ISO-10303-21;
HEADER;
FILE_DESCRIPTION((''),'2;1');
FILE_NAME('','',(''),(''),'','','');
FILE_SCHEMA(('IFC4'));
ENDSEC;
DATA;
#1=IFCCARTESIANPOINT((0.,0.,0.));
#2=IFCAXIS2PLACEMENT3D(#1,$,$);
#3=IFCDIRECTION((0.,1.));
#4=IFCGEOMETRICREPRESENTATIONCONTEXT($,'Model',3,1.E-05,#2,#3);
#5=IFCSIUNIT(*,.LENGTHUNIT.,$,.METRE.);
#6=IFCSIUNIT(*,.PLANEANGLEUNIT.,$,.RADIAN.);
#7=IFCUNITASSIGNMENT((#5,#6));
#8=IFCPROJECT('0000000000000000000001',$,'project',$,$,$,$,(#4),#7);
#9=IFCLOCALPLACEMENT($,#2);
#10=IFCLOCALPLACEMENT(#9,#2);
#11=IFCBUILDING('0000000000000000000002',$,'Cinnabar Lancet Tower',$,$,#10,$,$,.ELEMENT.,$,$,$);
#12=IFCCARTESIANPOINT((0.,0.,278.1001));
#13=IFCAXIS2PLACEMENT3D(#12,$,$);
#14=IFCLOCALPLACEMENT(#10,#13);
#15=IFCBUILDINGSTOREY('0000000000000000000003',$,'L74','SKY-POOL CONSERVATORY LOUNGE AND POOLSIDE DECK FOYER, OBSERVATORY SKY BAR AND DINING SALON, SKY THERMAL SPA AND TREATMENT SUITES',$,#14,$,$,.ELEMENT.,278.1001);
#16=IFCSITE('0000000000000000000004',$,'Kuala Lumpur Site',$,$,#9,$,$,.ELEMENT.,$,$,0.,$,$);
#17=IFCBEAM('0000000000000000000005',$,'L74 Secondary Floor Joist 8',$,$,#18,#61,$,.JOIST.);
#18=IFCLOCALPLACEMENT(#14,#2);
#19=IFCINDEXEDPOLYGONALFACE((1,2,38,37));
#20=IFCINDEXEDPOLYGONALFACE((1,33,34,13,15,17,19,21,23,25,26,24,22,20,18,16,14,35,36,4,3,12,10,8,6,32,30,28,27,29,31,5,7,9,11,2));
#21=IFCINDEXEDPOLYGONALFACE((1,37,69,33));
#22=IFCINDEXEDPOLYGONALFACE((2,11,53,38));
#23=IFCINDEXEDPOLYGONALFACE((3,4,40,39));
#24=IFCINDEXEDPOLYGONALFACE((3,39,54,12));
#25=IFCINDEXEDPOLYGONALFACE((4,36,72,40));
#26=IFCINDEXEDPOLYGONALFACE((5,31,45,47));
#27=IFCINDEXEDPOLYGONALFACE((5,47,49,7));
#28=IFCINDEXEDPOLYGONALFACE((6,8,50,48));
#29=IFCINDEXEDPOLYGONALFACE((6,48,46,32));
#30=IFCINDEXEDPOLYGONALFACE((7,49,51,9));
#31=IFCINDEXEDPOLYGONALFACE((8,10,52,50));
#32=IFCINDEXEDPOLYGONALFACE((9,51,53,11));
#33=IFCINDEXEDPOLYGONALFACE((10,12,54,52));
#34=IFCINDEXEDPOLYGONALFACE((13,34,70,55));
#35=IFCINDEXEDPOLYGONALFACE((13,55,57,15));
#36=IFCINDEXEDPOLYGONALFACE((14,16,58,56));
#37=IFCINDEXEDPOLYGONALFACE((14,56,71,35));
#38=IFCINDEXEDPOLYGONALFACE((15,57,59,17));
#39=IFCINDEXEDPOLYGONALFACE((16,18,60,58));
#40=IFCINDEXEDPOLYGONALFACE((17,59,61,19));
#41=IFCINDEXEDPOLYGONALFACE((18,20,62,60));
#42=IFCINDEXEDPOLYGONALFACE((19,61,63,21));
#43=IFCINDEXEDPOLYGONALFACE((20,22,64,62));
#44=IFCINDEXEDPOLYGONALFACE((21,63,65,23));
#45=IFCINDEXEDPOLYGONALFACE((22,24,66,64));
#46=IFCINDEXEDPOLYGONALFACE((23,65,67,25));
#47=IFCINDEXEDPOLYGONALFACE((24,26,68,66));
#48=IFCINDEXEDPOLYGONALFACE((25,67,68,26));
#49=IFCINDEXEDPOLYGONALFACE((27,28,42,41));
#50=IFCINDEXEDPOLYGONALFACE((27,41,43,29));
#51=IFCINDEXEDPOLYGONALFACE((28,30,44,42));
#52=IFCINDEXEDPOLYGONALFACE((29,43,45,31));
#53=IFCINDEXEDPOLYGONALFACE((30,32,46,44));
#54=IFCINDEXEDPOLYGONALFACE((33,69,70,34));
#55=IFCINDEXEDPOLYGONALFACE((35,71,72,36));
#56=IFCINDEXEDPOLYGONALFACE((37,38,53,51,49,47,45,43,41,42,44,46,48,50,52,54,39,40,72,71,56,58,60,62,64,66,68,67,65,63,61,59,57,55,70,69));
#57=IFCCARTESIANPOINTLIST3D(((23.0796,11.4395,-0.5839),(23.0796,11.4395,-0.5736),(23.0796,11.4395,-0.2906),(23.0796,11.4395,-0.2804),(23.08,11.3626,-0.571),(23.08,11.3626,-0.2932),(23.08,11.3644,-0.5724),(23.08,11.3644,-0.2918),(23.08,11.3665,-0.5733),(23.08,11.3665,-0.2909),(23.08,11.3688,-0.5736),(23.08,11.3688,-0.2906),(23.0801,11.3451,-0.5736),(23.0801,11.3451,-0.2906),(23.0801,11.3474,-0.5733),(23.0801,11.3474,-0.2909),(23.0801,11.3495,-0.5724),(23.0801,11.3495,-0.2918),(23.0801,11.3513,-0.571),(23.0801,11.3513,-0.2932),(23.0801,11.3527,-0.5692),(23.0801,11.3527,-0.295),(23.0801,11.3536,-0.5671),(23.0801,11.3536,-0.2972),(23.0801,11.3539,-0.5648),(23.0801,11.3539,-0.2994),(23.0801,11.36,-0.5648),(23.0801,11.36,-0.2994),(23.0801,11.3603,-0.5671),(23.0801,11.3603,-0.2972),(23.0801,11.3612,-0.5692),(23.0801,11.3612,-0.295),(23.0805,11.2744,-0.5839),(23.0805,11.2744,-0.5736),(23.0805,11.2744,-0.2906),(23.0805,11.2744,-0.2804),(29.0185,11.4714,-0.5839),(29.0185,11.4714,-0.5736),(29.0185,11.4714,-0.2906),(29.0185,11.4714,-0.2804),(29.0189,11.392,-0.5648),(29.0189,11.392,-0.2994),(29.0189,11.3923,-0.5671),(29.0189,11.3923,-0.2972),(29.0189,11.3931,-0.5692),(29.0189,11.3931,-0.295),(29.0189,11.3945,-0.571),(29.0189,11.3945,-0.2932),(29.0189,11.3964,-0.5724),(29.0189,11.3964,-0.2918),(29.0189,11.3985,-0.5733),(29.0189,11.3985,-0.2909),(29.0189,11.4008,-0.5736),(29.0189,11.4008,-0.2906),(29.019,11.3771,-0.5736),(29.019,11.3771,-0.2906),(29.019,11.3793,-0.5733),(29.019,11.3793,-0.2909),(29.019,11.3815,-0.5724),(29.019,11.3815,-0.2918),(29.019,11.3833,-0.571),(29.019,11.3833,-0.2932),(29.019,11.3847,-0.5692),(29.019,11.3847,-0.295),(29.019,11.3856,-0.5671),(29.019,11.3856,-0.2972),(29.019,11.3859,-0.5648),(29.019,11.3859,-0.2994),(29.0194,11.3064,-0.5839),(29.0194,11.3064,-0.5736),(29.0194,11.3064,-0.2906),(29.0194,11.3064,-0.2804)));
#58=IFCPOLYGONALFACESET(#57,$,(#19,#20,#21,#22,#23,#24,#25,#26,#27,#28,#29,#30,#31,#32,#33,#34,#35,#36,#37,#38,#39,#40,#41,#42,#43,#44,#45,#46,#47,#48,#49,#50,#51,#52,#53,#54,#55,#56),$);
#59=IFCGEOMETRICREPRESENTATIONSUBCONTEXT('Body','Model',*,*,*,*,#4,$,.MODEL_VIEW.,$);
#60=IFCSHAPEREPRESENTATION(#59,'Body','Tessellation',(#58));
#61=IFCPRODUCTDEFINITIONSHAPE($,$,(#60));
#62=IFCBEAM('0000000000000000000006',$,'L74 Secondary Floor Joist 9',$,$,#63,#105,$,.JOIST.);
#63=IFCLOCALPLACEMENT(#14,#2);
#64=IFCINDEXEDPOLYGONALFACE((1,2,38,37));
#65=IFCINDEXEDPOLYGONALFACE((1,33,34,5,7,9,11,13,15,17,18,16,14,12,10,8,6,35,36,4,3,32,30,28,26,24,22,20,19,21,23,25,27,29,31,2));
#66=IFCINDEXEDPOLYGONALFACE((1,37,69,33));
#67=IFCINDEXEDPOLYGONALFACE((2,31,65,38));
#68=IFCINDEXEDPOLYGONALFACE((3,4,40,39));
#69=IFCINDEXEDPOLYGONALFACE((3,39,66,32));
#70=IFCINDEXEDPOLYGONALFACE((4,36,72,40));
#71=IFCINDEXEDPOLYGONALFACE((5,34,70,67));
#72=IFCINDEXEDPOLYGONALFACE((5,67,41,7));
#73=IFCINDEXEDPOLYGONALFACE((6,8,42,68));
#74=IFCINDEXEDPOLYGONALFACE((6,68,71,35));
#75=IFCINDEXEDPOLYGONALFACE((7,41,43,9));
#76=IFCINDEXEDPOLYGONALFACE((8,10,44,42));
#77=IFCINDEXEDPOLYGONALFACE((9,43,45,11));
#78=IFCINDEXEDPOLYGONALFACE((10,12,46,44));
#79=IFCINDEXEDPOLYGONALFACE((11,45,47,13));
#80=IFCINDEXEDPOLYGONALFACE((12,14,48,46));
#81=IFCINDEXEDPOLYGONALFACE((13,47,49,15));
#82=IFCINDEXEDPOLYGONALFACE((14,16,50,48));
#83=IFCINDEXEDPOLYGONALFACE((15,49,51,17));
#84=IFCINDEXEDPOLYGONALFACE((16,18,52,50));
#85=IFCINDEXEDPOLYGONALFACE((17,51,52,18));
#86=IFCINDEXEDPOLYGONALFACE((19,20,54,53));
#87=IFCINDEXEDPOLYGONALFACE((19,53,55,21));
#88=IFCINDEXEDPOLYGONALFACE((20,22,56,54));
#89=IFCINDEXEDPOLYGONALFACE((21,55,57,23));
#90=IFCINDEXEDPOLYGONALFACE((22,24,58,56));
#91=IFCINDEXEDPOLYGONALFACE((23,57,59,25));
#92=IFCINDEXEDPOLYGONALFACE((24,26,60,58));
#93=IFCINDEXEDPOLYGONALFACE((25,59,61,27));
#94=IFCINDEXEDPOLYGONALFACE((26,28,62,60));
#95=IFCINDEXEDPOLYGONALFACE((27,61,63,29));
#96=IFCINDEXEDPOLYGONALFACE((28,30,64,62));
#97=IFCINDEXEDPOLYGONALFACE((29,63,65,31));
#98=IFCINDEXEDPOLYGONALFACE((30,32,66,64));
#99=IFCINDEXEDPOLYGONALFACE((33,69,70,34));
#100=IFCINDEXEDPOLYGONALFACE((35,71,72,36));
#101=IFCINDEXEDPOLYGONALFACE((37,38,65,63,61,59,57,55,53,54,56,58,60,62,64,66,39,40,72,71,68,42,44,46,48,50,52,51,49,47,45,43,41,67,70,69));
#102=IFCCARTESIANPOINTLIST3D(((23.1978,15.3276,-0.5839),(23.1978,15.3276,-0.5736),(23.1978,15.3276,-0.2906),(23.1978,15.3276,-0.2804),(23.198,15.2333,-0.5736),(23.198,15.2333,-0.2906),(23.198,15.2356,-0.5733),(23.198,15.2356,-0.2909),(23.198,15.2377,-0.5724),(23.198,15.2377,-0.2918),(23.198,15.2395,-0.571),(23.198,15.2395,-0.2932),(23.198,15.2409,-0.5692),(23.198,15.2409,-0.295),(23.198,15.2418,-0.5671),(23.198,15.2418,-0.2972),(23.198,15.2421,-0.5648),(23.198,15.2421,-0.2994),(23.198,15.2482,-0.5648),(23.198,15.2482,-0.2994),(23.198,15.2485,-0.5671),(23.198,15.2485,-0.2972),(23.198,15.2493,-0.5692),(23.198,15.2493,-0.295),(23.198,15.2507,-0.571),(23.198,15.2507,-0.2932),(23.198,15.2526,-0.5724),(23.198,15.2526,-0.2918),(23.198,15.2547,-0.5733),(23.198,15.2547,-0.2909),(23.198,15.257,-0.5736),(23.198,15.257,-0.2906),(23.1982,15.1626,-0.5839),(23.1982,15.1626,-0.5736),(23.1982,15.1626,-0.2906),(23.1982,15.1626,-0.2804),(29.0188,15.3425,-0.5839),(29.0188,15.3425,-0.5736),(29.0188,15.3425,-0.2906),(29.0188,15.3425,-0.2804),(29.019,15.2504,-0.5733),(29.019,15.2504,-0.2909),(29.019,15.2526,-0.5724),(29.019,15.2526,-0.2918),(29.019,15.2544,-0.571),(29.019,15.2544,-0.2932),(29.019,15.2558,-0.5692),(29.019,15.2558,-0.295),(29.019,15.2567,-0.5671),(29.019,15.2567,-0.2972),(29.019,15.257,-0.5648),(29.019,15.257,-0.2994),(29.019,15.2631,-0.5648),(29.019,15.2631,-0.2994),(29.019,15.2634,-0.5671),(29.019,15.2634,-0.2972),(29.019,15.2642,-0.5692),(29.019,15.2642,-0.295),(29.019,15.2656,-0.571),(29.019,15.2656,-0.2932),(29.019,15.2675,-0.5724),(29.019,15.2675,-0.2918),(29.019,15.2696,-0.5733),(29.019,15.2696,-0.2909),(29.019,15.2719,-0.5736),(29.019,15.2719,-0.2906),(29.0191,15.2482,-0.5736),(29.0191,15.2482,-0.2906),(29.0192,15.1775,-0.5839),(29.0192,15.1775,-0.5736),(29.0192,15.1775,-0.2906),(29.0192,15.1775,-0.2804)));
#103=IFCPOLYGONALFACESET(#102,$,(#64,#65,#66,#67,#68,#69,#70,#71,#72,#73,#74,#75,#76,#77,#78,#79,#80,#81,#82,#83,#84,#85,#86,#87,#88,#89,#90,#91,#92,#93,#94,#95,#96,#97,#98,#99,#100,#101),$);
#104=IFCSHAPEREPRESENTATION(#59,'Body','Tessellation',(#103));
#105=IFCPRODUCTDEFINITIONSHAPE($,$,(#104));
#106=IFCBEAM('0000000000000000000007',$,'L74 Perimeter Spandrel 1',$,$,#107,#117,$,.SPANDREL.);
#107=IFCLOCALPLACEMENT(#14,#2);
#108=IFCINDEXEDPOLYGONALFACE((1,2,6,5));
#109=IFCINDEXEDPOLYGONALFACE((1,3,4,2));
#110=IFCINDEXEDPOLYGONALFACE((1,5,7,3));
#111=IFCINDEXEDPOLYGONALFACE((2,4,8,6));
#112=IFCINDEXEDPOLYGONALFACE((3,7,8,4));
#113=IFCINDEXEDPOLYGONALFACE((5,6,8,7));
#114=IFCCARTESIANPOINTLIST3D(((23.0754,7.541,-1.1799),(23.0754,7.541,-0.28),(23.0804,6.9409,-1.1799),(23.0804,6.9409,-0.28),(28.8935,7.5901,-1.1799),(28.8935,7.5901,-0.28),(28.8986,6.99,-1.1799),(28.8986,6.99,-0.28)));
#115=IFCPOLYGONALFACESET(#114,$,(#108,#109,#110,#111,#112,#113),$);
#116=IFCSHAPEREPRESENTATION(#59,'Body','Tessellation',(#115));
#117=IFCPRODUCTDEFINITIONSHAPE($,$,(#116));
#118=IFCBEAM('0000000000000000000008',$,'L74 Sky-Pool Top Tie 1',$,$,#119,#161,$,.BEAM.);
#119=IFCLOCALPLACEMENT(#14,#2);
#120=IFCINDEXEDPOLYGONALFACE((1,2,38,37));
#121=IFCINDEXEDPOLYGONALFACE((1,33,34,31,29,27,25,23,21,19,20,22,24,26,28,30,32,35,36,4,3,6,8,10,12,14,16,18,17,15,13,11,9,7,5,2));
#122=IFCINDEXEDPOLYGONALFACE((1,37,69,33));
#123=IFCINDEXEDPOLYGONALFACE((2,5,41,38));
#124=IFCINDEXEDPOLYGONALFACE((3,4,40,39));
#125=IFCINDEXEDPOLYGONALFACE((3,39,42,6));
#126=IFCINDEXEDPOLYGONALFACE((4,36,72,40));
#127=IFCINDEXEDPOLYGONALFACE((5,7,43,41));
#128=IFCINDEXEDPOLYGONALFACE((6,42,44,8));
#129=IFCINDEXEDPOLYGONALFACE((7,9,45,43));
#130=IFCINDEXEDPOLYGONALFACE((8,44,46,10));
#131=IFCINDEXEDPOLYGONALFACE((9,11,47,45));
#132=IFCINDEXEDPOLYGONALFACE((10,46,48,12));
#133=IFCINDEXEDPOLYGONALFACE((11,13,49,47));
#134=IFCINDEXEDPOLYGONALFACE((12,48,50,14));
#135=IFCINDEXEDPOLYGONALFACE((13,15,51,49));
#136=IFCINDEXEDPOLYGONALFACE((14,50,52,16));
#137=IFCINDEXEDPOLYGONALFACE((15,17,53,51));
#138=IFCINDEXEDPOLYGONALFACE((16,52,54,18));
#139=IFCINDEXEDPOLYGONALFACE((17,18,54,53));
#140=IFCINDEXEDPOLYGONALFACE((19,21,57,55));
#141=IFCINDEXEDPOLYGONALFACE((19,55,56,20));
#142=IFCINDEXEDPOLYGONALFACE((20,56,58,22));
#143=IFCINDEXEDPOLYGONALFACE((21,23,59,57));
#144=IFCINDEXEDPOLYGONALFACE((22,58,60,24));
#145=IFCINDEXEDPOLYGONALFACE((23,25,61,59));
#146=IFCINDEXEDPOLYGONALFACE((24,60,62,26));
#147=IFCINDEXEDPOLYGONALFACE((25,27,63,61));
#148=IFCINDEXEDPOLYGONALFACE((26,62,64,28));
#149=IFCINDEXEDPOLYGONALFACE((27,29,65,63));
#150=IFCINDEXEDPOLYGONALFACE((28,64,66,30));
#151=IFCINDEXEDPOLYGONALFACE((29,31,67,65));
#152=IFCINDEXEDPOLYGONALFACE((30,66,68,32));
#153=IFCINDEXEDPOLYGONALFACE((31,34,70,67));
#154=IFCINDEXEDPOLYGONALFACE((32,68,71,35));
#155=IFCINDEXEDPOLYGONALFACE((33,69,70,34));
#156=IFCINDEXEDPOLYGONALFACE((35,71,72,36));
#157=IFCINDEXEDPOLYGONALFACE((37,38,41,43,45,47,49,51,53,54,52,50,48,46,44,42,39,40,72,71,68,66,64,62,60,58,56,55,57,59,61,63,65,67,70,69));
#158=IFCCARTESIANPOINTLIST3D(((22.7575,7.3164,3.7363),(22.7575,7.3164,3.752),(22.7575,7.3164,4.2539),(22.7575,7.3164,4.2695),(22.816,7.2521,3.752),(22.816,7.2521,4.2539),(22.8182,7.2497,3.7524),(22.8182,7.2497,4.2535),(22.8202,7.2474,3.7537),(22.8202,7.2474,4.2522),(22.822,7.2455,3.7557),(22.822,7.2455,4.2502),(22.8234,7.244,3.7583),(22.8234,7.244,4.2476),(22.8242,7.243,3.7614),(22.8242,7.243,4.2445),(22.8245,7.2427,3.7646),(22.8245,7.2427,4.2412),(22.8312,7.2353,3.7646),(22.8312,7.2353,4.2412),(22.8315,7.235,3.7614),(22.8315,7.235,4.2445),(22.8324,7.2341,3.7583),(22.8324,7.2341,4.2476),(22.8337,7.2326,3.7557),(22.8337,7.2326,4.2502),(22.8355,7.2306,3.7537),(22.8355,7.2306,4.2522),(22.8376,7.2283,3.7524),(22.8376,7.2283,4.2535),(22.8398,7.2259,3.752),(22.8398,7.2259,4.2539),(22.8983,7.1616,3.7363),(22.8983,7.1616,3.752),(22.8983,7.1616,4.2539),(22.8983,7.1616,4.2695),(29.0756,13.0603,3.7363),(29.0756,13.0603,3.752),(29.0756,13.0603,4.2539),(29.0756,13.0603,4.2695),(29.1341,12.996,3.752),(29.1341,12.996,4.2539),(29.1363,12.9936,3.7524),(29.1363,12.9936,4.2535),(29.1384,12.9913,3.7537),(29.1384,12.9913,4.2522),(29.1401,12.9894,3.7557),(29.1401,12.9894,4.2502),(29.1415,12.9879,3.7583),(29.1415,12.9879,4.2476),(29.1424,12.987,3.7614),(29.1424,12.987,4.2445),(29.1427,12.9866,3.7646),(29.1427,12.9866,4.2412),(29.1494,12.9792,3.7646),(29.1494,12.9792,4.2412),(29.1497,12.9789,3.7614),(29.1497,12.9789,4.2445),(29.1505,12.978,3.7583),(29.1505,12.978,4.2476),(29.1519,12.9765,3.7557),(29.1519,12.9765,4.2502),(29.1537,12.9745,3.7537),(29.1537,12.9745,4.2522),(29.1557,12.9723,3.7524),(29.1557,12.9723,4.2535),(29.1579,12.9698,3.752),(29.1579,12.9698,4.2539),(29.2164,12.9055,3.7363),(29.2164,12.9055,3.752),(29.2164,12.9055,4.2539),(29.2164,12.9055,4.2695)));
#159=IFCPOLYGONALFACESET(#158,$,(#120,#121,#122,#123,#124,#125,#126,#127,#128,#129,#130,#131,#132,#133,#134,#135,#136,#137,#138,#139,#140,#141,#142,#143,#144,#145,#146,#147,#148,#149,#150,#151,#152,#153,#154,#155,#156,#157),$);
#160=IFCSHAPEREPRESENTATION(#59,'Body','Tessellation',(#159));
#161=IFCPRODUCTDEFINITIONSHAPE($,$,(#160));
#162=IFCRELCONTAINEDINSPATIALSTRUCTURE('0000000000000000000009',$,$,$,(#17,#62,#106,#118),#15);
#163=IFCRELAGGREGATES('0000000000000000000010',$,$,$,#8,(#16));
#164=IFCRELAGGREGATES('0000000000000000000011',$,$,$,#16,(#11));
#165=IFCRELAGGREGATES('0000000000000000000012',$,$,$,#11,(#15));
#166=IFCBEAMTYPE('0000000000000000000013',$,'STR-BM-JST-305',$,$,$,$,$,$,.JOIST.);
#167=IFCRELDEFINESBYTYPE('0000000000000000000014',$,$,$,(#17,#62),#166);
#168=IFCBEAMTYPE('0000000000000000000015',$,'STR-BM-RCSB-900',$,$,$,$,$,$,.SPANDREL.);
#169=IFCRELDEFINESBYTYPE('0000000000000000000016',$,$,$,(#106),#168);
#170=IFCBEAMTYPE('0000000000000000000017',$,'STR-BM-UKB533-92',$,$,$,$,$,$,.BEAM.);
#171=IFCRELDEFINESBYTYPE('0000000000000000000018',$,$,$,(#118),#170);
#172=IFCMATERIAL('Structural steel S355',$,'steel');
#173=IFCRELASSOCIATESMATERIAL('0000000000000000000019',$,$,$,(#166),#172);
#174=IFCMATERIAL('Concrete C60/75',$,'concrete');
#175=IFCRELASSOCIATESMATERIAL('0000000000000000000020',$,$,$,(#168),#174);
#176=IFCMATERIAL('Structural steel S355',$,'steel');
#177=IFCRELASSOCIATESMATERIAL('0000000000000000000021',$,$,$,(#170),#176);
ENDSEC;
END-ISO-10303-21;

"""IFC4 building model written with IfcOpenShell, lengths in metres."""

from ifc_helpers import new_model, si_unit, direction, frame, origin, origin_2d, place, context, subcontext, project, spatial, rectangle, i_section, extrude, material, material_profile, profile_set, type_object, element, save


model = new_model("IFC4")

# Units and contexts
model_context = context("Model", 3, precision=1e-05, world=origin(), true_north=direction((0.0, 1.0)))
body_context = subcontext(model_context, "Body", "Model", "MODEL_VIEW")
ifc_project = project(units=[si_unit("LENGTHUNIT", "METRE"), si_unit("PLANEANGLEUNIT", "RADIAN")], contexts=[model_context])

# Site, building, storey
site_placement = place(None, origin())
site = spatial("IfcSite", under=ifc_project, at=site_placement, Name="Kuala Lumpur Site", CompositionType="ELEMENT", RefElevation=0.0)
building_placement = place(site_placement, origin())
building = spatial("IfcBuilding", under=site, at=building_placement, Name="Cinnabar Lancet Tower", CompositionType="ELEMENT")
storey_placement = place(building_placement, frame((0.0, 0.0, 278.1001)))
storey = spatial("IfcBuildingStorey", under=building, at=storey_placement, Name="L74", Description="SKY-POOL CONSERVATORY LOUNGE AND POOLSIDE DECK FOYER, OBSERVATORY SKY BAR AND DINING SALON, SKY THERMAL SPA AND TREATMENT SUITES", CompositionType="ELEMENT", Elevation=278.1001)

# Beams
ifc_material_1 = material(Name="Structural steel S355", Category="steel")
ifc_material_profile_1 = material_profile(ifc_material_1, i_section(OverallWidth=0.165, OverallDepth=0.3035, WebThickness=0.0061, FlangeThickness=0.0103, FilletRadius=0.0088, at=origin_2d()), Name="UKB 305x165x40")
ifc_profile_set_1 = profile_set([ifc_material_profile_1], Name="Structural steel S355")
beam_type_1 = type_object("IfcBeamType", Name="STR-BM-JST-305", PredefinedType="JOIST", material=ifc_profile_set_1)
beam_1_placement = place(storey_placement, frame((23.0801, 11.3569, -0.4321), z_axis=(0.999986, 0.005385, 0.0), x_axis=(-0.005385, 0.999986, 0.0)))
element("IfcBeam", 1, at=beam_1_placement, inside=storey, type_object=beam_type_1, Name="L74 Secondary Floor Joist 8", PredefinedType="JOIST", context=body_context, shape_type="SweptSolid", body=[
    extrude(i_section(OverallWidth=0.165, OverallDepth=0.3035, WebThickness=0.0061, FlangeThickness=0.0103, FilletRadius=0.0088, at=origin_2d()), origin(), (0.0, 0.0, 1.0), 5.939),
])
beam_2_placement = place(storey_placement, frame((23.198, 15.2451, -0.4321), z_axis=(0.999997, 0.002558, 0.0), x_axis=(-0.002558, 0.999997, 0.0)))
element("IfcBeam", 2, at=beam_2_placement, inside=storey, type_object=beam_type_1, Name="L74 Secondary Floor Joist 9", PredefinedType="JOIST", context=body_context, shape_type="SweptSolid", body=[
    extrude(i_section(OverallWidth=0.165, OverallDepth=0.3035, WebThickness=0.0061, FlangeThickness=0.0103, FilletRadius=0.0088, at=origin_2d()), origin(), (0.0, 0.0, 1.0), 5.821),
])
ifc_material_2 = material(Name="Concrete C60/75", Category="concrete")
ifc_material_profile_2 = material_profile(ifc_material_2, rectangle(XDim=0.6001, YDim=0.8999, at=origin_2d()), Name="RC-SB 600x900")
ifc_profile_set_2 = profile_set([ifc_material_profile_2], Name="Concrete C60/75")
beam_type_2 = type_object("IfcBeamType", Name="STR-BM-RCSB-900", PredefinedType="SPANDREL", material=ifc_profile_set_2)
beam_3_placement = place(storey_placement, frame((23.0779, 7.241, -0.73), z_axis=(0.999964, 0.008434, 0.0), x_axis=(-0.008434, 0.999964, 0.0)))
element("IfcBeam", 3, at=beam_3_placement, inside=storey, type_object=beam_type_2, Name="L74 Perimeter Spandrel 1", PredefinedType="SPANDREL", context=body_context, shape_type="SweptSolid", body=[
    extrude(rectangle(XDim=0.6001, YDim=0.8999, at=origin_2d()), origin(), (0.0, 0.0, 1.0), 5.8184),
])
ifc_material_3 = material(Name="Structural steel S355", Category="steel")
ifc_material_profile_3 = material_profile(ifc_material_3, i_section(OverallWidth=0.2092, OverallDepth=0.5332, WebThickness=0.01, FlangeThickness=0.0156, FilletRadius=0.0127, at=origin_2d()), Name="UKB 533x210x92")
ifc_profile_set_3 = profile_set([ifc_material_profile_3], Name="Structural steel S355")
beam_type_3 = type_object("IfcBeamType", Name="STR-BM-UKB533-92", PredefinedType="BEAM", material=ifc_profile_set_3)
beam_4_placement = place(storey_placement, frame((22.8279, 7.239, 4.0029), z_axis=(0.739931, 0.672683, 0.0), x_axis=(-0.672683, 0.739931, 0.0)))
element("IfcBeam", 4, at=beam_4_placement, inside=storey, type_object=beam_type_3, Name="L74 Sky-Pool Top Tie 1", PredefinedType="BEAM", context=body_context, shape_type="SweptSolid", body=[
    extrude(i_section(OverallWidth=0.2092, OverallDepth=0.5332, WebThickness=0.01, FlangeThickness=0.0156, FilletRadius=0.0127, at=origin_2d()), origin(), (0.0, 0.0, 1.0), 8.5388),
])

save(model, "model.ifc")
